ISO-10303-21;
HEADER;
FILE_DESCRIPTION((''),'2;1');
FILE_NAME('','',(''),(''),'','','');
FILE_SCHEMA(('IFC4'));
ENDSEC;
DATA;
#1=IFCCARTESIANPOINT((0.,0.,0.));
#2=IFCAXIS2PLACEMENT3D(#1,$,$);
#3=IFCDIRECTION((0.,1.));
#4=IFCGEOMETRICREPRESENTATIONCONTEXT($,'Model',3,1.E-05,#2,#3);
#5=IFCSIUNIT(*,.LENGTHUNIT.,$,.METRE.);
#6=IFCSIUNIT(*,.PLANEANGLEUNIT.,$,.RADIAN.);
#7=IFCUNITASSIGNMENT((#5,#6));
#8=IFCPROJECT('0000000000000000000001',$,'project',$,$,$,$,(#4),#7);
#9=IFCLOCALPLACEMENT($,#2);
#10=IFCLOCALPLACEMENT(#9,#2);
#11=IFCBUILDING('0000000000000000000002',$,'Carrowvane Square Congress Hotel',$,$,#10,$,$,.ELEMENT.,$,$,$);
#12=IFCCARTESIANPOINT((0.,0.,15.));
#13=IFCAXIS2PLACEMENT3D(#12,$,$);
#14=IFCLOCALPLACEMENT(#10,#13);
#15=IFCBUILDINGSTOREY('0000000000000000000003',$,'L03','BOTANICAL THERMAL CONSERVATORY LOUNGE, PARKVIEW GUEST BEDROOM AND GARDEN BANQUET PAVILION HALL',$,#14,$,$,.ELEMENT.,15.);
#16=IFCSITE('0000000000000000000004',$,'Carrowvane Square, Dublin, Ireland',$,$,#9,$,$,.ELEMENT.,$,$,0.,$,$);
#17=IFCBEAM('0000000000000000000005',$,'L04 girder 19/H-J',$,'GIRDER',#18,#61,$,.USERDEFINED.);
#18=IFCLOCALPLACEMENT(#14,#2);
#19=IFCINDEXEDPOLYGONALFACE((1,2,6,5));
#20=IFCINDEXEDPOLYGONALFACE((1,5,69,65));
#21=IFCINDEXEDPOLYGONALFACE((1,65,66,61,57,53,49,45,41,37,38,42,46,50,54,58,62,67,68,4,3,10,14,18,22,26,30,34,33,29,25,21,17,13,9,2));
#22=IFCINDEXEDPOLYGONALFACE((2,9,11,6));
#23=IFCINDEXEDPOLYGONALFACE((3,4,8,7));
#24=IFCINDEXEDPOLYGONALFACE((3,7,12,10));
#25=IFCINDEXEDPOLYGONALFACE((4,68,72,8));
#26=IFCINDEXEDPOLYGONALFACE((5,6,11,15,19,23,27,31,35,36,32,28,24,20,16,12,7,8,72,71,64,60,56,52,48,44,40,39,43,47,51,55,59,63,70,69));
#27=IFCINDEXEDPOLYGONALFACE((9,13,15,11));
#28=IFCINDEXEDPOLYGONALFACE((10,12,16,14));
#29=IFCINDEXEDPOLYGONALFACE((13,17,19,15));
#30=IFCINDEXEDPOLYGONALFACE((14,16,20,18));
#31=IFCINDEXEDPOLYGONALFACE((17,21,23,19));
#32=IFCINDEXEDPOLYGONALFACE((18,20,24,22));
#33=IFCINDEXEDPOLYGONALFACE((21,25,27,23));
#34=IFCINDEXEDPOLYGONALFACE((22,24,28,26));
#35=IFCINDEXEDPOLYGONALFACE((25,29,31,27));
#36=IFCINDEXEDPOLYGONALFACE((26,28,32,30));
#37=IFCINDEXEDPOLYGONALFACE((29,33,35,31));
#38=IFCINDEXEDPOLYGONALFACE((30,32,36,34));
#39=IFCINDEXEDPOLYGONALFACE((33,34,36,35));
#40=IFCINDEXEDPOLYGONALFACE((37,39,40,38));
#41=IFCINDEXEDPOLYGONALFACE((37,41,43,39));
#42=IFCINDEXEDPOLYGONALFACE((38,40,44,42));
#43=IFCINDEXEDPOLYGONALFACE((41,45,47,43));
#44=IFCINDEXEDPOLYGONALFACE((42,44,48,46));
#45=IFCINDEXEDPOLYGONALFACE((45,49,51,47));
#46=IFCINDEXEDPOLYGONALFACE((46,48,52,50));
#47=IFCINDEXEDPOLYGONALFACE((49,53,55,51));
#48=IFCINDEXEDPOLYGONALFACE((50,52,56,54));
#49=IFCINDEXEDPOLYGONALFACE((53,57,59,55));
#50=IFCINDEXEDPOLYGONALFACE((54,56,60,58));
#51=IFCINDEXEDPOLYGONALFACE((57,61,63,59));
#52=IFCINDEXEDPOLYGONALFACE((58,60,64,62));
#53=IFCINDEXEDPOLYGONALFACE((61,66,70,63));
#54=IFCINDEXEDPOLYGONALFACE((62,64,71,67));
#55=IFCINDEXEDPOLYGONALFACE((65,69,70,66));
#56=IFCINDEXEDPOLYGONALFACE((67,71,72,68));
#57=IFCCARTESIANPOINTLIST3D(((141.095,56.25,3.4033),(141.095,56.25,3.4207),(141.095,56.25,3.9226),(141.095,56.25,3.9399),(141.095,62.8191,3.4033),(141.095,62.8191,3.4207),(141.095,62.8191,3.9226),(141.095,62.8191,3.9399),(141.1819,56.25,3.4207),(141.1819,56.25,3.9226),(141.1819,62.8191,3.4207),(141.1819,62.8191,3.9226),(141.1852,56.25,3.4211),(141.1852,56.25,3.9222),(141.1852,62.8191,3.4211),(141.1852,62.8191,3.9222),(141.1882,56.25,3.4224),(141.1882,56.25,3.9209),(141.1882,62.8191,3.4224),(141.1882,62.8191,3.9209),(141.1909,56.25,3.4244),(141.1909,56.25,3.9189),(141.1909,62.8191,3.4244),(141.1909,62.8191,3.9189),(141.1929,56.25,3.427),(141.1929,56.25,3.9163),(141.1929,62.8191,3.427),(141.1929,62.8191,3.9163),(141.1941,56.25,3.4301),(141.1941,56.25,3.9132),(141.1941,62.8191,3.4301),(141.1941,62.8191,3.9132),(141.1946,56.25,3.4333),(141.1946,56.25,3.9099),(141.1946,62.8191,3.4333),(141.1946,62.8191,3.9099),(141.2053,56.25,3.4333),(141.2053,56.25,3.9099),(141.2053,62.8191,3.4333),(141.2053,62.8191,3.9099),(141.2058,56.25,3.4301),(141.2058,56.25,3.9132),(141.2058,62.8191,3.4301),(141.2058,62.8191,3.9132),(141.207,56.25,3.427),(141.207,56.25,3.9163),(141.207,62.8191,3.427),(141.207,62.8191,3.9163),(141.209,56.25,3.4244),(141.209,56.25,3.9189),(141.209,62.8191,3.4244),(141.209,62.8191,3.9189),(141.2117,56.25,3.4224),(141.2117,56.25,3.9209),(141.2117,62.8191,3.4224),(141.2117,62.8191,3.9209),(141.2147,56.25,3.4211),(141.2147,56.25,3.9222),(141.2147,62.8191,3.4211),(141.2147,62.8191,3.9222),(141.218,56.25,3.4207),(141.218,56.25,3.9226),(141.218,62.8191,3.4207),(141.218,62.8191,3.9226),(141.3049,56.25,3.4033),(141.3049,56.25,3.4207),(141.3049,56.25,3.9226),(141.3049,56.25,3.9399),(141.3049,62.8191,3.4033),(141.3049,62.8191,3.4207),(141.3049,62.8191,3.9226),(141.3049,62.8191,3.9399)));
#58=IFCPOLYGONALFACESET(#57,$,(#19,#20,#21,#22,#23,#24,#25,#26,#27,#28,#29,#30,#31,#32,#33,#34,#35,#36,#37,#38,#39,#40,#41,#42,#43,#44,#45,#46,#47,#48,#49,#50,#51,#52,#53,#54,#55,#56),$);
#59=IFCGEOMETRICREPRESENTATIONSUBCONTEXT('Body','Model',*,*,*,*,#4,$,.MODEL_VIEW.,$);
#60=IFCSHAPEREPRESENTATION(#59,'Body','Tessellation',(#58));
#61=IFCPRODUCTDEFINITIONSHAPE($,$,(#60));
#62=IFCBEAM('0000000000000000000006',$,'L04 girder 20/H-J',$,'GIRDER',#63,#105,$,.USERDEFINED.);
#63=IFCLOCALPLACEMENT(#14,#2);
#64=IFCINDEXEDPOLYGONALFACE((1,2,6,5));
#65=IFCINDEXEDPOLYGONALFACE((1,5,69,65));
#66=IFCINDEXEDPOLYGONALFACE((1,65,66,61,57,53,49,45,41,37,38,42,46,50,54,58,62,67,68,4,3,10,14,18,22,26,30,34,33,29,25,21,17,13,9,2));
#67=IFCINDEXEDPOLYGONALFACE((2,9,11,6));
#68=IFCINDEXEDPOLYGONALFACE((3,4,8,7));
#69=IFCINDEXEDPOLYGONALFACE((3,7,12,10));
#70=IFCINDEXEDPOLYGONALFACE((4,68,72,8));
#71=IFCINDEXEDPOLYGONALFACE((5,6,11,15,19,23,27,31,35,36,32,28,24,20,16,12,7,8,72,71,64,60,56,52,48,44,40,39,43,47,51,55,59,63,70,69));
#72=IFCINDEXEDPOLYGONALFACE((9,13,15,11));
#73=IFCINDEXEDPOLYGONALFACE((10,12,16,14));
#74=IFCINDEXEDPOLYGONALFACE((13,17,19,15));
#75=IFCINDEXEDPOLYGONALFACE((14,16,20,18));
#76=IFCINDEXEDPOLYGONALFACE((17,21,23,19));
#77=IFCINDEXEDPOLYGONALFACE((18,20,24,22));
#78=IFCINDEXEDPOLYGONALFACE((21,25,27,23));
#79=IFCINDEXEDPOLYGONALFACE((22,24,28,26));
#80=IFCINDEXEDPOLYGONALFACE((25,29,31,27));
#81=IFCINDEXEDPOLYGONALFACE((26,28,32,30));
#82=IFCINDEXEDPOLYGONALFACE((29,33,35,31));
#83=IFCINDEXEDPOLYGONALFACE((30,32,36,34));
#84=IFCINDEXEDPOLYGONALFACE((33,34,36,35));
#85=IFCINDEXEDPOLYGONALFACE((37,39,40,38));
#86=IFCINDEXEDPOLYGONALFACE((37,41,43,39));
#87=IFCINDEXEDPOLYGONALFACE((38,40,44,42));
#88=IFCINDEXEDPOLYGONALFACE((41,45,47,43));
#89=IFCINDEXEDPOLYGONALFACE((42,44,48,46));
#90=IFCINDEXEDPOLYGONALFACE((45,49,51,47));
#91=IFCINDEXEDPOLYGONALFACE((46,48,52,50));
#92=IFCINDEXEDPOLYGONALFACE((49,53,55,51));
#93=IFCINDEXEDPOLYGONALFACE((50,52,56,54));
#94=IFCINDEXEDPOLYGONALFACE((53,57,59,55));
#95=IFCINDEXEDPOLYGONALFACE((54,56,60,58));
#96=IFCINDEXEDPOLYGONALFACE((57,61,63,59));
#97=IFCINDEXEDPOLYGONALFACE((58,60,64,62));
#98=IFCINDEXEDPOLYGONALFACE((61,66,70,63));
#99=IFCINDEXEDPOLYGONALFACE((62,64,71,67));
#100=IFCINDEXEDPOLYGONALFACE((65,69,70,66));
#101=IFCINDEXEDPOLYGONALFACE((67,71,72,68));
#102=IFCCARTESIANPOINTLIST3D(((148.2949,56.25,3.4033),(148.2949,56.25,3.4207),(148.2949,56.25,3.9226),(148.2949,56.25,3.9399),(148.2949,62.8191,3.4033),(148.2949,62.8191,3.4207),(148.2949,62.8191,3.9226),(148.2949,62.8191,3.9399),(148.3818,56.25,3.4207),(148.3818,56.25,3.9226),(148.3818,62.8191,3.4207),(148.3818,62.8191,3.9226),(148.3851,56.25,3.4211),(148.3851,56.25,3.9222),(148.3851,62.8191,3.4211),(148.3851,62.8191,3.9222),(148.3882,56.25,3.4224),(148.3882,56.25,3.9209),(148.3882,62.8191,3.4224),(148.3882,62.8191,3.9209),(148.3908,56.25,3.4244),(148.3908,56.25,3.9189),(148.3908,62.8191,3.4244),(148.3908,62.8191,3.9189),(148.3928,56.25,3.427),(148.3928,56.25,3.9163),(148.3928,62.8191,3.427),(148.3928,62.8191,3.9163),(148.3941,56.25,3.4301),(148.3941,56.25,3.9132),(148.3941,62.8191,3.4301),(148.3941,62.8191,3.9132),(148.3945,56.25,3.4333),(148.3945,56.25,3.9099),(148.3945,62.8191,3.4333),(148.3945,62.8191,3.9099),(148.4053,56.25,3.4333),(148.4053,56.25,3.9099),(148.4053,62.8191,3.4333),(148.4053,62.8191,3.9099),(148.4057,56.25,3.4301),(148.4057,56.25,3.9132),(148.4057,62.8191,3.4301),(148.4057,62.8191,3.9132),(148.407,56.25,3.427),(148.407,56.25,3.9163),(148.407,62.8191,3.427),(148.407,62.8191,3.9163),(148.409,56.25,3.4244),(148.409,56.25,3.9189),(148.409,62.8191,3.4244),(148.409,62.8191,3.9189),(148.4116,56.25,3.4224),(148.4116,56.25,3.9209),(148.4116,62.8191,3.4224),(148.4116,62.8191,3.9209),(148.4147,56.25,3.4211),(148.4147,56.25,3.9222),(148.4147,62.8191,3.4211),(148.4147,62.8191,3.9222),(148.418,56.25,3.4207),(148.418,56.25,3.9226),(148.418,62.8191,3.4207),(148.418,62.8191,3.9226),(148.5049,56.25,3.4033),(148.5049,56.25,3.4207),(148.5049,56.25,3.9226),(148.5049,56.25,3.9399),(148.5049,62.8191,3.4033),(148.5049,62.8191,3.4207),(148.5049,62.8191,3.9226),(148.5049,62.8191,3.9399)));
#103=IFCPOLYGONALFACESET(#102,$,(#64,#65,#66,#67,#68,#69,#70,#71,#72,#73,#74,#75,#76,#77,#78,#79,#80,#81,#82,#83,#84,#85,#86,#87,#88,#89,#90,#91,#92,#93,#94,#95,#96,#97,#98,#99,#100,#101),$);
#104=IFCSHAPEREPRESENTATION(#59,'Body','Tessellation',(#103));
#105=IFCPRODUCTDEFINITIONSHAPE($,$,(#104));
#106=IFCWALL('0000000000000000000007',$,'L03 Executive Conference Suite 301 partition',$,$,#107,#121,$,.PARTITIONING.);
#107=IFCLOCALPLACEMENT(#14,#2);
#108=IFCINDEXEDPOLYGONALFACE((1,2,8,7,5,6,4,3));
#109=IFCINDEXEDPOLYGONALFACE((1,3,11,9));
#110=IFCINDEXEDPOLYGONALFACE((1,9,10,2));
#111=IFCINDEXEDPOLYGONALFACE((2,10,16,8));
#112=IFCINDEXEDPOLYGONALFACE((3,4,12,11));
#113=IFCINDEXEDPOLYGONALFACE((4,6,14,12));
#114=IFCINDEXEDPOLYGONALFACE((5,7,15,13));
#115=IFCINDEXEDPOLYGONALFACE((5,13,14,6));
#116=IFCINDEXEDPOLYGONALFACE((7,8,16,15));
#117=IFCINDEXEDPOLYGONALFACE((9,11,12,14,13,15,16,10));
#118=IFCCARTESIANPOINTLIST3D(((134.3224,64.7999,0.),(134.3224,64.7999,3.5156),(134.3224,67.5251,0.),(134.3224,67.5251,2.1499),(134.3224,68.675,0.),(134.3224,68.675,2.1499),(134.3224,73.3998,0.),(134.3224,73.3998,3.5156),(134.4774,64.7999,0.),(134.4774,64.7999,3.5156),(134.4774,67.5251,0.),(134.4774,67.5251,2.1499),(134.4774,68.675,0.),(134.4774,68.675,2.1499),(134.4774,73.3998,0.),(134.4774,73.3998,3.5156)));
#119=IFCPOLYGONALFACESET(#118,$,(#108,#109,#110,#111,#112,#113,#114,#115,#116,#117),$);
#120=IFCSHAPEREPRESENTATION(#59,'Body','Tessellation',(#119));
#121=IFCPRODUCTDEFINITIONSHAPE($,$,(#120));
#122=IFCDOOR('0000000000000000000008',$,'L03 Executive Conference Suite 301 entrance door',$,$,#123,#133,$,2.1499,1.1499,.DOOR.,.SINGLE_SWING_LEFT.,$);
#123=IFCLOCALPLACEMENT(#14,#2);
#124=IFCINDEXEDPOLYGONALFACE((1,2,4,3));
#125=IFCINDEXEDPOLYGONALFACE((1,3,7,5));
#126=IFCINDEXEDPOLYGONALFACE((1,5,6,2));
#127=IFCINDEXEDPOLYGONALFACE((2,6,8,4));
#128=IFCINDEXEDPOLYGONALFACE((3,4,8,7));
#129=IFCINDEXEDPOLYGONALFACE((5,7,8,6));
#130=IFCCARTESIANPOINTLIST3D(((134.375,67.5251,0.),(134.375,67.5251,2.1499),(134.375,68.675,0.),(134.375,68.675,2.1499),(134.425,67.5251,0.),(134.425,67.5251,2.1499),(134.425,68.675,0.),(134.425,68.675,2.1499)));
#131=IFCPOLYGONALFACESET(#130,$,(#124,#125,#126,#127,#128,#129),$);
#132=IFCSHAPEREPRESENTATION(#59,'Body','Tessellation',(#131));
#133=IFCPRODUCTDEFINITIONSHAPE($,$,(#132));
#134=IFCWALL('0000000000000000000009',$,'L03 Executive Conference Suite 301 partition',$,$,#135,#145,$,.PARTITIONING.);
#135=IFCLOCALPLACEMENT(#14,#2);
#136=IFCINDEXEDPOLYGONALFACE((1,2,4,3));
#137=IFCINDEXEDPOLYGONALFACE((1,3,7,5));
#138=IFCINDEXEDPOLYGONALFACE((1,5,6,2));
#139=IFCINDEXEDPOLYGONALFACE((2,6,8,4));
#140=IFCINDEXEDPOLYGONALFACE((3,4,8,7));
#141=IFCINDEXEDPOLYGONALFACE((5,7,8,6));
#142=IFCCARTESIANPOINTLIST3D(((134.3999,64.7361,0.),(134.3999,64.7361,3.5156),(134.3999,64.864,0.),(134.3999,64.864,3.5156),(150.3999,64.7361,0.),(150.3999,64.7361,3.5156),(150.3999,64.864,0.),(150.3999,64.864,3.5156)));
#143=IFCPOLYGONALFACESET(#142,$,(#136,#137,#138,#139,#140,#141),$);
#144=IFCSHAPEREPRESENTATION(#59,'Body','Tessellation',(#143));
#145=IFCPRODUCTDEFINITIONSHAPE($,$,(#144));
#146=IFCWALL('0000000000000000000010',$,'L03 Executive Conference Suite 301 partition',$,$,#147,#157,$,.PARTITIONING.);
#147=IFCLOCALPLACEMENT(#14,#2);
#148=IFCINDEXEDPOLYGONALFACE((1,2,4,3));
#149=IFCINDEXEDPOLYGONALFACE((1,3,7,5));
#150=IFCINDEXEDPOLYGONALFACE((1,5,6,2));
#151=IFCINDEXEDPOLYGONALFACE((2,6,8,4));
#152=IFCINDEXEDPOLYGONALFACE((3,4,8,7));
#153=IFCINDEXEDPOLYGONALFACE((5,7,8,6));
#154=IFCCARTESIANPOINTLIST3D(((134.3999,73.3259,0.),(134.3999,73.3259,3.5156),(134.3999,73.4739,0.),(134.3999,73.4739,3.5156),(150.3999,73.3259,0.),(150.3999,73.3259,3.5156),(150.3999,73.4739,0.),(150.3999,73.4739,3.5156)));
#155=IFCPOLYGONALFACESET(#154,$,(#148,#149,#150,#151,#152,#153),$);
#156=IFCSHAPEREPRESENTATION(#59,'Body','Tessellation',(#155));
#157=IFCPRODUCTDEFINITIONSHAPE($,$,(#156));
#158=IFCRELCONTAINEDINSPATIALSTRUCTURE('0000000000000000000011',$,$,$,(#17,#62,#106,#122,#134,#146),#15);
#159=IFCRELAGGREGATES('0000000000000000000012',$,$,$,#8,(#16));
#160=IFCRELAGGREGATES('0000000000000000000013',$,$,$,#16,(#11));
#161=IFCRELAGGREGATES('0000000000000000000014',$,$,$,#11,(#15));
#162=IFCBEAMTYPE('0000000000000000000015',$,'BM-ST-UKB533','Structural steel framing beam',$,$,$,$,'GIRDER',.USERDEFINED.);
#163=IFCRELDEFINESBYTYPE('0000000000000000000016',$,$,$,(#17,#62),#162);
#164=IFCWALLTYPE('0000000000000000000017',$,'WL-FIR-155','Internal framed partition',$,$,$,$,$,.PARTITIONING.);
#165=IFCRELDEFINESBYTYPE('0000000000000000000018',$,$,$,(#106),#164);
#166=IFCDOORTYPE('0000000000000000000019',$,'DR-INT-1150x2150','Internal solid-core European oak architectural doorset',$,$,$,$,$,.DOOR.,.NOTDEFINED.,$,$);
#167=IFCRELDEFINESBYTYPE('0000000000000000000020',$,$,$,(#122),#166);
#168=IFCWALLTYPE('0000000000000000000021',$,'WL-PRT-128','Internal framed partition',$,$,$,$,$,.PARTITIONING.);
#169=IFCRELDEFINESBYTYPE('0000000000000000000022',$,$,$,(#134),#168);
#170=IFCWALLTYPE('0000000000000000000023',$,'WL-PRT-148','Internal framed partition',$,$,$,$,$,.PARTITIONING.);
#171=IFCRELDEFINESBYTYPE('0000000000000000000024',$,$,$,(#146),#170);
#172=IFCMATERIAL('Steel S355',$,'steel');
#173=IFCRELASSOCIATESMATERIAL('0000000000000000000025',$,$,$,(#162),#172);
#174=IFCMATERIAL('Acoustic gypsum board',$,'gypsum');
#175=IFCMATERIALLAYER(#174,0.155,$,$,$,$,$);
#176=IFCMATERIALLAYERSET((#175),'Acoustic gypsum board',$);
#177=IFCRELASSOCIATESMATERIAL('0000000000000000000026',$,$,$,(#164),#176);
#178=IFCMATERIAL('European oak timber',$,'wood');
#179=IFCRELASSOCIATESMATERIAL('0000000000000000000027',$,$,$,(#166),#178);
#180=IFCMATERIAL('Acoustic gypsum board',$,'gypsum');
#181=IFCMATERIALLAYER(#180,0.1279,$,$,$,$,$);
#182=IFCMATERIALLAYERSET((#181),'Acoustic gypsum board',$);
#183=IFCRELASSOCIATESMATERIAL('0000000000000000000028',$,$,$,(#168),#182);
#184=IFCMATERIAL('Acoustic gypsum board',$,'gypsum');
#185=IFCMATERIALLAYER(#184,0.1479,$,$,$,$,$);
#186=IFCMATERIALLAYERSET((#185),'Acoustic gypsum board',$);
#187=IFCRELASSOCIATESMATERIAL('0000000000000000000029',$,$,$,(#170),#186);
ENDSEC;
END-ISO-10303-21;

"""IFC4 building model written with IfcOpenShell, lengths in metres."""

from ifc_helpers import new_model, si_unit, direction, frame, frame_2d, origin, origin_2d, place, context, subcontext, project, spatial, rectangle, i_section, extrude, material, layer, layer_set, material_profile, profile_set, type_object, element, fill, save


model = new_model("IFC4")

# Units and contexts
model_context = context("Model", 3, precision=1e-05, world=origin(), true_north=direction((0.0, 1.0)))
body_context = subcontext(model_context, "Body", "Model", "MODEL_VIEW")
ifc_project = project(units=[si_unit("LENGTHUNIT", "METRE"), si_unit("PLANEANGLEUNIT", "RADIAN")], contexts=[model_context])

# Site, building, storey
site_placement = place(None, origin())
site = spatial("IfcSite", under=ifc_project, at=site_placement, Name="Carrowvane Square, Dublin, Ireland", CompositionType="ELEMENT", RefElevation=0.0)
building_placement = place(site_placement, origin())
building = spatial("IfcBuilding", under=site, at=building_placement, Name="Carrowvane Square Congress Hotel", CompositionType="ELEMENT")
storey_placement = place(building_placement, frame((0.0, 0.0, 15.0)))
storey = spatial("IfcBuildingStorey", under=building, at=storey_placement, Name="L03", Description="BOTANICAL THERMAL CONSERVATORY LOUNGE, PARKVIEW GUEST BEDROOM AND GARDEN BANQUET PAVILION HALL", CompositionType="ELEMENT", Elevation=15.0)

# Beams
ifc_material_1 = material(Name="Steel S355", Category="steel")
ifc_material_profile_1 = material_profile(ifc_material_1, i_section(OverallWidth=0.21, OverallDepth=0.5366, WebThickness=0.0107, FlangeThickness=0.0173, FilletRadius=0.0127, at=origin_2d()), Name="UKB 533x210x101")
ifc_profile_set_1 = profile_set([ifc_material_profile_1], Name="Steel S355")
beam_type_1 = type_object("IfcBeamType", Name="BM-ST-UKB533", Description="Structural steel framing beam", ElementType="GIRDER", PredefinedType="USERDEFINED", material=ifc_profile_set_1)
for number, where, z_axis, x_axis, name in (
    (1, (141.2, 56.25, 3.6716), (0.0, 1.0, 0.0), (-1.0, 0.0, 0.0), "L04 girder 19/H-J"),
    (2, (148.3999, 56.25, 3.6716), (0.0, 1.0, 0.0), (-1.0, 0.0, 0.0), "L04 girder 20/H-J"),
):
    element("IfcBeam", number, at=place(storey_placement, frame(where, z_axis=z_axis, x_axis=x_axis)), inside=storey, type_object=beam_type_1, Name=name, ObjectType="GIRDER", PredefinedType="USERDEFINED", context=body_context, shape_type="SweptSolid", body=[
        extrude(i_section(OverallWidth=0.21, OverallDepth=0.5366, WebThickness=0.0107, FlangeThickness=0.0173, FilletRadius=0.0127, at=origin_2d()), origin(), (0.0, 0.0, 1.0), 6.5691),
    ])

# Wall, opening, door
ifc_material_2 = material(Name="Acoustic gypsum board", Category="gypsum")
ifc_layer_1 = layer(ifc_material_2, 0.155)
ifc_layer_set_1 = layer_set([ifc_layer_1], Name="Acoustic gypsum board")
wall_type_1 = type_object("IfcWallType", Name="WL-FIR-155", Description="Internal framed partition", PredefinedType="PARTITIONING", material=ifc_layer_set_1)
wall_1_placement = place(storey_placement, frame((134.3999, 64.8, 0.0), z_axis=(0.0, 0.0, 1.0), x_axis=(0.0, 1.0, 0.0)))
wall_1 = element("IfcWall", 3, at=wall_1_placement, inside=storey, type_object=wall_type_1, Name="L03 Executive Conference Suite 301 partition", PredefinedType="PARTITIONING", context=body_context, shape_type="SweptSolid", body=[
    extrude(rectangle(XDim=8.5999, YDim=0.155, at=frame_2d((4.2998, 0.0))), origin(), (0.0, 0.0, 1.0), 3.5156),
])
opening_placement = place(wall_1_placement, frame((2.7251, 0.0, 0.0)))
opening = element("IfcOpeningElement", 4, at=opening_placement, cuts=wall_1, PredefinedType="OPENING", context=body_context, shape_type="SweptSolid", body=[
    extrude(rectangle(XDim=1.1499, YDim=2.1499, at=frame_2d((0.575, 1.075))), frame((0.0, 0.0874, 0.0), z_axis=(0.0, -1.0, 0.0), x_axis=(1.0, 0.0, 0.0)), (0.0, 0.0, 1.0), 0.175),
])
ifc_material_3 = material(Name="European oak timber", Category="wood")
door_type = type_object("IfcDoorType", Name="DR-INT-1150x2150", Description="Internal solid-core European oak architectural doorset", OperationType="NOTDEFINED", PredefinedType="DOOR", material=ifc_material_3)
door_placement = place(opening_placement, origin())
door = element("IfcDoor", 5, at=door_placement, inside=storey, type_object=door_type, Name="L03 Executive Conference Suite 301 entrance door", OperationType="SINGLE_SWING_LEFT", OverallHeight=2.1499, OverallWidth=1.1499, PredefinedType="DOOR", context=body_context, shape_type="SweptSolid", body=[
    extrude(rectangle(XDim=1.1499, YDim=2.1499, at=frame_2d((0.575, 1.075))), frame((0.0, 0.0249, 0.0), z_axis=(0.0, -1.0, 0.0), x_axis=(1.0, 0.0, 0.0)), (0.0, 0.0, 1.0), 0.05),
])
fill(opening, door)

# Walls
ifc_material_4 = material(Name="Acoustic gypsum board", Category="gypsum")
ifc_layer_2 = layer(ifc_material_4, 0.1279)
ifc_layer_set_2 = layer_set([ifc_layer_2], Name="Acoustic gypsum board")
wall_type_2 = type_object("IfcWallType", Name="WL-PRT-128", Description="Internal framed partition", PredefinedType="PARTITIONING", material=ifc_layer_set_2)
wall_2_placement = place(storey_placement, frame((150.3999, 64.8, 0.0), z_axis=(0.0, 0.0, 1.0), x_axis=(-1.0, 0.0, 0.0)))
element("IfcWall", 6, at=wall_2_placement, inside=storey, type_object=wall_type_2, Name="L03 Executive Conference Suite 301 partition", PredefinedType="PARTITIONING", context=body_context, shape_type="SweptSolid", body=[
    extrude(rectangle(XDim=16.0, YDim=0.1279, at=frame_2d((8.0, 0.0))), origin(), (0.0, 0.0, 1.0), 3.5156),
])
ifc_material_5 = material(Name="Acoustic gypsum board", Category="gypsum")
ifc_layer_3 = layer(ifc_material_5, 0.1479)
ifc_layer_set_3 = layer_set([ifc_layer_3], Name="Acoustic gypsum board")
wall_type_3 = type_object("IfcWallType", Name="WL-PRT-148", Description="Internal framed partition", PredefinedType="PARTITIONING", material=ifc_layer_set_3)
wall_3_placement = place(storey_placement, frame((134.3999, 73.3999, 0.0), z_axis=(0.0, 0.0, 1.0), x_axis=(1.0, 0.0, 0.0)))
element("IfcWall", 7, at=wall_3_placement, inside=storey, type_object=wall_type_3, Name="L03 Executive Conference Suite 301 partition", PredefinedType="PARTITIONING", context=body_context, shape_type="SweptSolid", body=[
    extrude(rectangle(XDim=16.0, YDim=0.1479, at=frame_2d((8.0, 0.0))), origin(), (0.0, 0.0, 1.0), 3.5156),
])

save(model, "model.ifc")
